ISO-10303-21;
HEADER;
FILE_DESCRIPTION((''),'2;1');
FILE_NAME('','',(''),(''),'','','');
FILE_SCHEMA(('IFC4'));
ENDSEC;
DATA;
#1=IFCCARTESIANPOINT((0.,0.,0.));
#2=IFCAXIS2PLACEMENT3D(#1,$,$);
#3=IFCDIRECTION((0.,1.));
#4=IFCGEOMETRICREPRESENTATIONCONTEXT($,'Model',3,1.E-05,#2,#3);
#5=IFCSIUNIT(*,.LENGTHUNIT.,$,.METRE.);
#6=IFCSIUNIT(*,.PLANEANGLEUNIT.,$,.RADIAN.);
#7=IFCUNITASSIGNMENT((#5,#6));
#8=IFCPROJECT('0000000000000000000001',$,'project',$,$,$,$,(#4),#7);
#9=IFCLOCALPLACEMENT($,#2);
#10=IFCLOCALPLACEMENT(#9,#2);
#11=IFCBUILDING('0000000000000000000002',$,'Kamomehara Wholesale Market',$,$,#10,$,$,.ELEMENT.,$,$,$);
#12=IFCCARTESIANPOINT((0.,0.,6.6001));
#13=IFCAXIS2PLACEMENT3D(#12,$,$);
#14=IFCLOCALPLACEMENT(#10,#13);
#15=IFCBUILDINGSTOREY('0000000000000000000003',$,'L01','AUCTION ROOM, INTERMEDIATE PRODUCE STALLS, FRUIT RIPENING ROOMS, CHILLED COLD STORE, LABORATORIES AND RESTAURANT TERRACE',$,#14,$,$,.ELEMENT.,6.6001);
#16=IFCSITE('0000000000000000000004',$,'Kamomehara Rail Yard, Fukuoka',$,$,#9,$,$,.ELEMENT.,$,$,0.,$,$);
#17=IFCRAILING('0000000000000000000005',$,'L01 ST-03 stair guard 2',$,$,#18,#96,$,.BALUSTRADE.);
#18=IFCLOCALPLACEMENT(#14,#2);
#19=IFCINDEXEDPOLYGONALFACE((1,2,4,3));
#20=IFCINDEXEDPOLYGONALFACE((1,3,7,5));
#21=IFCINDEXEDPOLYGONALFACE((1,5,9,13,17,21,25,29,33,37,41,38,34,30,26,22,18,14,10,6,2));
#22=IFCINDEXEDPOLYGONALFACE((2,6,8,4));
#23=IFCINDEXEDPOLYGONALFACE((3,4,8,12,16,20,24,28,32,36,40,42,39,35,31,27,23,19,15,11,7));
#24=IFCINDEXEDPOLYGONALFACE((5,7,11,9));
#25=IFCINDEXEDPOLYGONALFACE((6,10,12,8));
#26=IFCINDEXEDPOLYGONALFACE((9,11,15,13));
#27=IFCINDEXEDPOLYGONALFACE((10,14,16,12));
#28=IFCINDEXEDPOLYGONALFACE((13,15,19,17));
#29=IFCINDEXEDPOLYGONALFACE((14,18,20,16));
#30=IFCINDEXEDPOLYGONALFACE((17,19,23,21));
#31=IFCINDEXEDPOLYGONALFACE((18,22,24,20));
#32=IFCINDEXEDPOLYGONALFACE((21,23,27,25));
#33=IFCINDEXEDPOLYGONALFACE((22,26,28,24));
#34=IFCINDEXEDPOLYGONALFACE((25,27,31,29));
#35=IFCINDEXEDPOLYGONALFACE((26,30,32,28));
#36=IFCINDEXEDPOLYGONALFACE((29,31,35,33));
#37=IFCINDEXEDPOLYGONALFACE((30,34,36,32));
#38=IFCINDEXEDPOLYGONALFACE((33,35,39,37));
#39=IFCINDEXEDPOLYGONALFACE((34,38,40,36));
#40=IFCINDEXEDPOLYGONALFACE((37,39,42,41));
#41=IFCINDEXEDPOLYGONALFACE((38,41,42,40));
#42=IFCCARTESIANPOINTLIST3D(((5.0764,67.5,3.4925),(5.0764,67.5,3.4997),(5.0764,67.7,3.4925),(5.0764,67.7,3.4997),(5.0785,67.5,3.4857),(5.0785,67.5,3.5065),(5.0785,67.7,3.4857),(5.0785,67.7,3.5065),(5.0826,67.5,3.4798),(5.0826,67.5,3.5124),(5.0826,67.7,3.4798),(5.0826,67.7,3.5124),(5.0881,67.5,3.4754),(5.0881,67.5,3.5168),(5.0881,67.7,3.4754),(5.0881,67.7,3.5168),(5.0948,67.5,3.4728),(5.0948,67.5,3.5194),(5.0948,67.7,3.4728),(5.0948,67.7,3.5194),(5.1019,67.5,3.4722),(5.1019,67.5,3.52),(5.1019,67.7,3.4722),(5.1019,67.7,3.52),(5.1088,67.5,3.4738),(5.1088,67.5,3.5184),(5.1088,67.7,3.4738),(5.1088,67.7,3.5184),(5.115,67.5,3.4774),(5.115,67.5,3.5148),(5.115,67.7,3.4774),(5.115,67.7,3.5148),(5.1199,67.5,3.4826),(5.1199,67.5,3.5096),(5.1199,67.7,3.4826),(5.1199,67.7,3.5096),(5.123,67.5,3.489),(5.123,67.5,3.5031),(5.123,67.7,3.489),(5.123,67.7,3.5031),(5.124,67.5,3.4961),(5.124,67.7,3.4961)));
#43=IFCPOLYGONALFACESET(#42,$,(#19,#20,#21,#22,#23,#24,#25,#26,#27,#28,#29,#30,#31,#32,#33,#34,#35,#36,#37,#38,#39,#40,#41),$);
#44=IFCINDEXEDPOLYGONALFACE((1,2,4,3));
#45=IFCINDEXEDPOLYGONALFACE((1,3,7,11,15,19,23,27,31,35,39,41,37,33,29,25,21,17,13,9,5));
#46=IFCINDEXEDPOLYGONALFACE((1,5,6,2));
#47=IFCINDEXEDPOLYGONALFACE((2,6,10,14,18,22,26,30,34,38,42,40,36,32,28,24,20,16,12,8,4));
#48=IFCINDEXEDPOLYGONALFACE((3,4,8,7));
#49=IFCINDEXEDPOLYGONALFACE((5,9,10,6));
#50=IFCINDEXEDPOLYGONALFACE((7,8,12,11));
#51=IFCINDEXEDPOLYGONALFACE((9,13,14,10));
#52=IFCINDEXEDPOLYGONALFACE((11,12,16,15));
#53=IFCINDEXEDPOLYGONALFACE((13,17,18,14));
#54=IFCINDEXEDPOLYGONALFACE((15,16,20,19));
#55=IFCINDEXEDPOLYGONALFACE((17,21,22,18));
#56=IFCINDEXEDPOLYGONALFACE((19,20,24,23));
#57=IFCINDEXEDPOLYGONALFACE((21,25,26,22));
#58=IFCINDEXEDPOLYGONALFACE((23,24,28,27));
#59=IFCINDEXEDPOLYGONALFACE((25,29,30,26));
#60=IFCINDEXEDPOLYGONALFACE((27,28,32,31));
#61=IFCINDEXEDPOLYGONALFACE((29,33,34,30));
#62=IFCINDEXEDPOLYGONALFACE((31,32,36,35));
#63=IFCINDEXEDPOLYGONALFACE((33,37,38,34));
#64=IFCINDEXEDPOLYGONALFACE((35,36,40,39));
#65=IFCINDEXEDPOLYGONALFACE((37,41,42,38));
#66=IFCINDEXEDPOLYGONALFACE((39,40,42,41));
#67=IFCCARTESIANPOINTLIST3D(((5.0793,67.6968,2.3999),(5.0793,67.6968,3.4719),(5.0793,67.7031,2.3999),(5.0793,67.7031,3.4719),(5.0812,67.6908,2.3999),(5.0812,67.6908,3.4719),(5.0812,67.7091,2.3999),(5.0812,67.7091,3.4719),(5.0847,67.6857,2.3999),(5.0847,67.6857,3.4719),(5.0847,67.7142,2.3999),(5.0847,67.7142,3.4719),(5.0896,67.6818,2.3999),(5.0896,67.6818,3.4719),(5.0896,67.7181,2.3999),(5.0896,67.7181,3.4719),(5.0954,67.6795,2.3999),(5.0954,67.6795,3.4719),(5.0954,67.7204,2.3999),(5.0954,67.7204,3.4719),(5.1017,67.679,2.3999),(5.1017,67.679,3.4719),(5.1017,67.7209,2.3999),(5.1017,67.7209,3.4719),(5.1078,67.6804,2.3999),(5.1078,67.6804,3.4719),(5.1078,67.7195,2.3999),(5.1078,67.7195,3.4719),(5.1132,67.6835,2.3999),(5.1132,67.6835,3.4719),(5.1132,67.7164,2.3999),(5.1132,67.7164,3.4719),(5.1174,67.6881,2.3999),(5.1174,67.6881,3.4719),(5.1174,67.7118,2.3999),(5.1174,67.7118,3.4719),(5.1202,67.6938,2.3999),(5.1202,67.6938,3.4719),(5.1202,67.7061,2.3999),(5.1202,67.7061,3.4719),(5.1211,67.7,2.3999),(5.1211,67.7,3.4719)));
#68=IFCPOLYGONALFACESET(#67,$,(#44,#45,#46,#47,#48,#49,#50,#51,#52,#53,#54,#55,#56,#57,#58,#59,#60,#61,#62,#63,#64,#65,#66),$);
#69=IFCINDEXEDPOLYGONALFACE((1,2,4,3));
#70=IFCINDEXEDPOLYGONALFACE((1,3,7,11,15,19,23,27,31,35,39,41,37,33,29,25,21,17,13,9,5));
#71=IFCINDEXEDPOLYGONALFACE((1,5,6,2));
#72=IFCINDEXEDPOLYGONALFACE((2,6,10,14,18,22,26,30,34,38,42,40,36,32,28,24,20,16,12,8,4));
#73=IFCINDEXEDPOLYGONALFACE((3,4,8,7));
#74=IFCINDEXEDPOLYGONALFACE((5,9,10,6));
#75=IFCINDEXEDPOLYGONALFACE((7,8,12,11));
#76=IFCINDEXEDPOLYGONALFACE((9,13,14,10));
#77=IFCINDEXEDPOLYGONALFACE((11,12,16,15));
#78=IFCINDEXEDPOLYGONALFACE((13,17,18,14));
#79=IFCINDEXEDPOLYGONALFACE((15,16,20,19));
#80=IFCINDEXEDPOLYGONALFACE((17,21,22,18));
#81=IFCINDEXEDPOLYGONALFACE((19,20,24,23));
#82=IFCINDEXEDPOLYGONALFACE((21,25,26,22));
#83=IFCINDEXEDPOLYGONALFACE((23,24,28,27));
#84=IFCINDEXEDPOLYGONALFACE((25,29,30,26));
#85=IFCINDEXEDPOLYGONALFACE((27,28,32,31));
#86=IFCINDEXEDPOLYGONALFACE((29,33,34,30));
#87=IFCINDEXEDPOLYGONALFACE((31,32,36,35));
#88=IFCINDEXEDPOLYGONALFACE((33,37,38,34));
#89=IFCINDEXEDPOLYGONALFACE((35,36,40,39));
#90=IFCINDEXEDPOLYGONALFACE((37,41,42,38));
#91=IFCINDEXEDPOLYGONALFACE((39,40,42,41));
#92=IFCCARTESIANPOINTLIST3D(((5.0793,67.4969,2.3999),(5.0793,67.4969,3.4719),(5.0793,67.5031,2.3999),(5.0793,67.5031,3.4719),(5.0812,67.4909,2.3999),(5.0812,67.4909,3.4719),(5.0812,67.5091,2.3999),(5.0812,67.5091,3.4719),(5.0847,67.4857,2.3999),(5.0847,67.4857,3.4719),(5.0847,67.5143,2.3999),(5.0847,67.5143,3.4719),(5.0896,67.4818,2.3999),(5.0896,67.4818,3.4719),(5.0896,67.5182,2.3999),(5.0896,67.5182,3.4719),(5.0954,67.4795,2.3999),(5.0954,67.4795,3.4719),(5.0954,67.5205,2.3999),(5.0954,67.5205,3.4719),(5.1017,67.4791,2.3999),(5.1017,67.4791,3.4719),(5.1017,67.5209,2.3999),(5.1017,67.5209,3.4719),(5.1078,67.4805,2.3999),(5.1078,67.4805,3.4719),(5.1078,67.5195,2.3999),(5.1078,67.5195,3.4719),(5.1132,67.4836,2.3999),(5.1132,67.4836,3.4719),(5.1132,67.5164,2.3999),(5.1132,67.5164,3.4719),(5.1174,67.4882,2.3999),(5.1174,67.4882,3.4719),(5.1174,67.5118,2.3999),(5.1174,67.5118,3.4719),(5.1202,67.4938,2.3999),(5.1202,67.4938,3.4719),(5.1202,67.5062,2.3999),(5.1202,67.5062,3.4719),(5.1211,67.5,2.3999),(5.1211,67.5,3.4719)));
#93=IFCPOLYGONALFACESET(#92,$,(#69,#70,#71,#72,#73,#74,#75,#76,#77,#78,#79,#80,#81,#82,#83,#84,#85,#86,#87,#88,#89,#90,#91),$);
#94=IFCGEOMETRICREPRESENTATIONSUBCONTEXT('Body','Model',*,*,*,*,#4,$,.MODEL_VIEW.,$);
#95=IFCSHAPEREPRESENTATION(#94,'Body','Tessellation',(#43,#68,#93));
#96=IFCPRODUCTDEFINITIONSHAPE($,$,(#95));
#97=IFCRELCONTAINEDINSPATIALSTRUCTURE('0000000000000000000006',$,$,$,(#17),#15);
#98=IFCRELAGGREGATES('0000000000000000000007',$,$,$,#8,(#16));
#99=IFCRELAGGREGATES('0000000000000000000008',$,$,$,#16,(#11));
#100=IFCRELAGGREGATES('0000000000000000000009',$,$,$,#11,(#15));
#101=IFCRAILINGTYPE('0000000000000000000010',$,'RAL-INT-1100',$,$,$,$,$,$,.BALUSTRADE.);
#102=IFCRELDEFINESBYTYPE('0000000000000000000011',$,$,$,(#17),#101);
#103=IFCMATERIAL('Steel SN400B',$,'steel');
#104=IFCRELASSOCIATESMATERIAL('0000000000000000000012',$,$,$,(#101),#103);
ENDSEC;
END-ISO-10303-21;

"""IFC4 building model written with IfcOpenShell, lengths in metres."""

from ifc_helpers import new_model, si_unit, direction, frame, origin, origin_2d, place, context, subcontext, project, spatial, circle, extrude, material, type_object, element, save


model = new_model("IFC4")

# Units and contexts
model_context = context("Model", 3, precision=1e-05, world=origin(), true_north=direction((0.0, 1.0)))
body_context = subcontext(model_context, "Body", "Model", "MODEL_VIEW")
ifc_project = project(units=[si_unit("LENGTHUNIT", "METRE"), si_unit("PLANEANGLEUNIT", "RADIAN")], contexts=[model_context])

# Site, building, storey
site_placement = place(None, origin())
site = spatial("IfcSite", under=ifc_project, at=site_placement, Name="Kamomehara Rail Yard, Fukuoka", CompositionType="ELEMENT", RefElevation=0.0)
building_placement = place(site_placement, origin())
building = spatial("IfcBuilding", under=site, at=building_placement, Name="Kamomehara Wholesale Market", CompositionType="ELEMENT")
storey_placement = place(building_placement, frame((0.0, 0.0, 6.6001)))
storey = spatial("IfcBuildingStorey", under=building, at=storey_placement, Name="L01", Description="AUCTION ROOM, INTERMEDIATE PRODUCE STALLS, FRUIT RIPENING ROOMS, CHILLED COLD STORE, LABORATORIES AND RESTAURANT TERRACE", CompositionType="ELEMENT", Elevation=6.6001)

# Railing
ifc_material_1 = material(Name="Steel SN400B", Category="steel")
railing_type_1 = type_object("IfcRailingType", Name="RAL-INT-1100", PredefinedType="BALUSTRADE", material=ifc_material_1)
railing_1_placement = place(storey_placement, frame((5.1001, 67.7, 2.3999)))
element("IfcRailing", 1, at=railing_1_placement, inside=storey, type_object=railing_type_1, Name="L01 ST-03 stair guard 2", PredefinedType="BALUSTRADE", context=body_context, shape_type="SweptSolid", body=[
    extrude(circle(Radius=0.0239, at=origin_2d()), frame((0.0, 0.0, 1.0962), z_axis=(0.0, -1.0, 0.0), x_axis=(1.0, 0.0, 0.0)), (0.0, 0.0, 1.0), 0.2),
    extrude(circle(Radius=0.021, at=origin_2d()), origin(), (0.0, 0.0, 1.0), 1.072),
    extrude(circle(Radius=0.021, at=origin_2d()), frame((0.0, -0.2, 0.0)), (0.0, 0.0, 1.0), 1.072),
])

save(model, "model.ifc")
